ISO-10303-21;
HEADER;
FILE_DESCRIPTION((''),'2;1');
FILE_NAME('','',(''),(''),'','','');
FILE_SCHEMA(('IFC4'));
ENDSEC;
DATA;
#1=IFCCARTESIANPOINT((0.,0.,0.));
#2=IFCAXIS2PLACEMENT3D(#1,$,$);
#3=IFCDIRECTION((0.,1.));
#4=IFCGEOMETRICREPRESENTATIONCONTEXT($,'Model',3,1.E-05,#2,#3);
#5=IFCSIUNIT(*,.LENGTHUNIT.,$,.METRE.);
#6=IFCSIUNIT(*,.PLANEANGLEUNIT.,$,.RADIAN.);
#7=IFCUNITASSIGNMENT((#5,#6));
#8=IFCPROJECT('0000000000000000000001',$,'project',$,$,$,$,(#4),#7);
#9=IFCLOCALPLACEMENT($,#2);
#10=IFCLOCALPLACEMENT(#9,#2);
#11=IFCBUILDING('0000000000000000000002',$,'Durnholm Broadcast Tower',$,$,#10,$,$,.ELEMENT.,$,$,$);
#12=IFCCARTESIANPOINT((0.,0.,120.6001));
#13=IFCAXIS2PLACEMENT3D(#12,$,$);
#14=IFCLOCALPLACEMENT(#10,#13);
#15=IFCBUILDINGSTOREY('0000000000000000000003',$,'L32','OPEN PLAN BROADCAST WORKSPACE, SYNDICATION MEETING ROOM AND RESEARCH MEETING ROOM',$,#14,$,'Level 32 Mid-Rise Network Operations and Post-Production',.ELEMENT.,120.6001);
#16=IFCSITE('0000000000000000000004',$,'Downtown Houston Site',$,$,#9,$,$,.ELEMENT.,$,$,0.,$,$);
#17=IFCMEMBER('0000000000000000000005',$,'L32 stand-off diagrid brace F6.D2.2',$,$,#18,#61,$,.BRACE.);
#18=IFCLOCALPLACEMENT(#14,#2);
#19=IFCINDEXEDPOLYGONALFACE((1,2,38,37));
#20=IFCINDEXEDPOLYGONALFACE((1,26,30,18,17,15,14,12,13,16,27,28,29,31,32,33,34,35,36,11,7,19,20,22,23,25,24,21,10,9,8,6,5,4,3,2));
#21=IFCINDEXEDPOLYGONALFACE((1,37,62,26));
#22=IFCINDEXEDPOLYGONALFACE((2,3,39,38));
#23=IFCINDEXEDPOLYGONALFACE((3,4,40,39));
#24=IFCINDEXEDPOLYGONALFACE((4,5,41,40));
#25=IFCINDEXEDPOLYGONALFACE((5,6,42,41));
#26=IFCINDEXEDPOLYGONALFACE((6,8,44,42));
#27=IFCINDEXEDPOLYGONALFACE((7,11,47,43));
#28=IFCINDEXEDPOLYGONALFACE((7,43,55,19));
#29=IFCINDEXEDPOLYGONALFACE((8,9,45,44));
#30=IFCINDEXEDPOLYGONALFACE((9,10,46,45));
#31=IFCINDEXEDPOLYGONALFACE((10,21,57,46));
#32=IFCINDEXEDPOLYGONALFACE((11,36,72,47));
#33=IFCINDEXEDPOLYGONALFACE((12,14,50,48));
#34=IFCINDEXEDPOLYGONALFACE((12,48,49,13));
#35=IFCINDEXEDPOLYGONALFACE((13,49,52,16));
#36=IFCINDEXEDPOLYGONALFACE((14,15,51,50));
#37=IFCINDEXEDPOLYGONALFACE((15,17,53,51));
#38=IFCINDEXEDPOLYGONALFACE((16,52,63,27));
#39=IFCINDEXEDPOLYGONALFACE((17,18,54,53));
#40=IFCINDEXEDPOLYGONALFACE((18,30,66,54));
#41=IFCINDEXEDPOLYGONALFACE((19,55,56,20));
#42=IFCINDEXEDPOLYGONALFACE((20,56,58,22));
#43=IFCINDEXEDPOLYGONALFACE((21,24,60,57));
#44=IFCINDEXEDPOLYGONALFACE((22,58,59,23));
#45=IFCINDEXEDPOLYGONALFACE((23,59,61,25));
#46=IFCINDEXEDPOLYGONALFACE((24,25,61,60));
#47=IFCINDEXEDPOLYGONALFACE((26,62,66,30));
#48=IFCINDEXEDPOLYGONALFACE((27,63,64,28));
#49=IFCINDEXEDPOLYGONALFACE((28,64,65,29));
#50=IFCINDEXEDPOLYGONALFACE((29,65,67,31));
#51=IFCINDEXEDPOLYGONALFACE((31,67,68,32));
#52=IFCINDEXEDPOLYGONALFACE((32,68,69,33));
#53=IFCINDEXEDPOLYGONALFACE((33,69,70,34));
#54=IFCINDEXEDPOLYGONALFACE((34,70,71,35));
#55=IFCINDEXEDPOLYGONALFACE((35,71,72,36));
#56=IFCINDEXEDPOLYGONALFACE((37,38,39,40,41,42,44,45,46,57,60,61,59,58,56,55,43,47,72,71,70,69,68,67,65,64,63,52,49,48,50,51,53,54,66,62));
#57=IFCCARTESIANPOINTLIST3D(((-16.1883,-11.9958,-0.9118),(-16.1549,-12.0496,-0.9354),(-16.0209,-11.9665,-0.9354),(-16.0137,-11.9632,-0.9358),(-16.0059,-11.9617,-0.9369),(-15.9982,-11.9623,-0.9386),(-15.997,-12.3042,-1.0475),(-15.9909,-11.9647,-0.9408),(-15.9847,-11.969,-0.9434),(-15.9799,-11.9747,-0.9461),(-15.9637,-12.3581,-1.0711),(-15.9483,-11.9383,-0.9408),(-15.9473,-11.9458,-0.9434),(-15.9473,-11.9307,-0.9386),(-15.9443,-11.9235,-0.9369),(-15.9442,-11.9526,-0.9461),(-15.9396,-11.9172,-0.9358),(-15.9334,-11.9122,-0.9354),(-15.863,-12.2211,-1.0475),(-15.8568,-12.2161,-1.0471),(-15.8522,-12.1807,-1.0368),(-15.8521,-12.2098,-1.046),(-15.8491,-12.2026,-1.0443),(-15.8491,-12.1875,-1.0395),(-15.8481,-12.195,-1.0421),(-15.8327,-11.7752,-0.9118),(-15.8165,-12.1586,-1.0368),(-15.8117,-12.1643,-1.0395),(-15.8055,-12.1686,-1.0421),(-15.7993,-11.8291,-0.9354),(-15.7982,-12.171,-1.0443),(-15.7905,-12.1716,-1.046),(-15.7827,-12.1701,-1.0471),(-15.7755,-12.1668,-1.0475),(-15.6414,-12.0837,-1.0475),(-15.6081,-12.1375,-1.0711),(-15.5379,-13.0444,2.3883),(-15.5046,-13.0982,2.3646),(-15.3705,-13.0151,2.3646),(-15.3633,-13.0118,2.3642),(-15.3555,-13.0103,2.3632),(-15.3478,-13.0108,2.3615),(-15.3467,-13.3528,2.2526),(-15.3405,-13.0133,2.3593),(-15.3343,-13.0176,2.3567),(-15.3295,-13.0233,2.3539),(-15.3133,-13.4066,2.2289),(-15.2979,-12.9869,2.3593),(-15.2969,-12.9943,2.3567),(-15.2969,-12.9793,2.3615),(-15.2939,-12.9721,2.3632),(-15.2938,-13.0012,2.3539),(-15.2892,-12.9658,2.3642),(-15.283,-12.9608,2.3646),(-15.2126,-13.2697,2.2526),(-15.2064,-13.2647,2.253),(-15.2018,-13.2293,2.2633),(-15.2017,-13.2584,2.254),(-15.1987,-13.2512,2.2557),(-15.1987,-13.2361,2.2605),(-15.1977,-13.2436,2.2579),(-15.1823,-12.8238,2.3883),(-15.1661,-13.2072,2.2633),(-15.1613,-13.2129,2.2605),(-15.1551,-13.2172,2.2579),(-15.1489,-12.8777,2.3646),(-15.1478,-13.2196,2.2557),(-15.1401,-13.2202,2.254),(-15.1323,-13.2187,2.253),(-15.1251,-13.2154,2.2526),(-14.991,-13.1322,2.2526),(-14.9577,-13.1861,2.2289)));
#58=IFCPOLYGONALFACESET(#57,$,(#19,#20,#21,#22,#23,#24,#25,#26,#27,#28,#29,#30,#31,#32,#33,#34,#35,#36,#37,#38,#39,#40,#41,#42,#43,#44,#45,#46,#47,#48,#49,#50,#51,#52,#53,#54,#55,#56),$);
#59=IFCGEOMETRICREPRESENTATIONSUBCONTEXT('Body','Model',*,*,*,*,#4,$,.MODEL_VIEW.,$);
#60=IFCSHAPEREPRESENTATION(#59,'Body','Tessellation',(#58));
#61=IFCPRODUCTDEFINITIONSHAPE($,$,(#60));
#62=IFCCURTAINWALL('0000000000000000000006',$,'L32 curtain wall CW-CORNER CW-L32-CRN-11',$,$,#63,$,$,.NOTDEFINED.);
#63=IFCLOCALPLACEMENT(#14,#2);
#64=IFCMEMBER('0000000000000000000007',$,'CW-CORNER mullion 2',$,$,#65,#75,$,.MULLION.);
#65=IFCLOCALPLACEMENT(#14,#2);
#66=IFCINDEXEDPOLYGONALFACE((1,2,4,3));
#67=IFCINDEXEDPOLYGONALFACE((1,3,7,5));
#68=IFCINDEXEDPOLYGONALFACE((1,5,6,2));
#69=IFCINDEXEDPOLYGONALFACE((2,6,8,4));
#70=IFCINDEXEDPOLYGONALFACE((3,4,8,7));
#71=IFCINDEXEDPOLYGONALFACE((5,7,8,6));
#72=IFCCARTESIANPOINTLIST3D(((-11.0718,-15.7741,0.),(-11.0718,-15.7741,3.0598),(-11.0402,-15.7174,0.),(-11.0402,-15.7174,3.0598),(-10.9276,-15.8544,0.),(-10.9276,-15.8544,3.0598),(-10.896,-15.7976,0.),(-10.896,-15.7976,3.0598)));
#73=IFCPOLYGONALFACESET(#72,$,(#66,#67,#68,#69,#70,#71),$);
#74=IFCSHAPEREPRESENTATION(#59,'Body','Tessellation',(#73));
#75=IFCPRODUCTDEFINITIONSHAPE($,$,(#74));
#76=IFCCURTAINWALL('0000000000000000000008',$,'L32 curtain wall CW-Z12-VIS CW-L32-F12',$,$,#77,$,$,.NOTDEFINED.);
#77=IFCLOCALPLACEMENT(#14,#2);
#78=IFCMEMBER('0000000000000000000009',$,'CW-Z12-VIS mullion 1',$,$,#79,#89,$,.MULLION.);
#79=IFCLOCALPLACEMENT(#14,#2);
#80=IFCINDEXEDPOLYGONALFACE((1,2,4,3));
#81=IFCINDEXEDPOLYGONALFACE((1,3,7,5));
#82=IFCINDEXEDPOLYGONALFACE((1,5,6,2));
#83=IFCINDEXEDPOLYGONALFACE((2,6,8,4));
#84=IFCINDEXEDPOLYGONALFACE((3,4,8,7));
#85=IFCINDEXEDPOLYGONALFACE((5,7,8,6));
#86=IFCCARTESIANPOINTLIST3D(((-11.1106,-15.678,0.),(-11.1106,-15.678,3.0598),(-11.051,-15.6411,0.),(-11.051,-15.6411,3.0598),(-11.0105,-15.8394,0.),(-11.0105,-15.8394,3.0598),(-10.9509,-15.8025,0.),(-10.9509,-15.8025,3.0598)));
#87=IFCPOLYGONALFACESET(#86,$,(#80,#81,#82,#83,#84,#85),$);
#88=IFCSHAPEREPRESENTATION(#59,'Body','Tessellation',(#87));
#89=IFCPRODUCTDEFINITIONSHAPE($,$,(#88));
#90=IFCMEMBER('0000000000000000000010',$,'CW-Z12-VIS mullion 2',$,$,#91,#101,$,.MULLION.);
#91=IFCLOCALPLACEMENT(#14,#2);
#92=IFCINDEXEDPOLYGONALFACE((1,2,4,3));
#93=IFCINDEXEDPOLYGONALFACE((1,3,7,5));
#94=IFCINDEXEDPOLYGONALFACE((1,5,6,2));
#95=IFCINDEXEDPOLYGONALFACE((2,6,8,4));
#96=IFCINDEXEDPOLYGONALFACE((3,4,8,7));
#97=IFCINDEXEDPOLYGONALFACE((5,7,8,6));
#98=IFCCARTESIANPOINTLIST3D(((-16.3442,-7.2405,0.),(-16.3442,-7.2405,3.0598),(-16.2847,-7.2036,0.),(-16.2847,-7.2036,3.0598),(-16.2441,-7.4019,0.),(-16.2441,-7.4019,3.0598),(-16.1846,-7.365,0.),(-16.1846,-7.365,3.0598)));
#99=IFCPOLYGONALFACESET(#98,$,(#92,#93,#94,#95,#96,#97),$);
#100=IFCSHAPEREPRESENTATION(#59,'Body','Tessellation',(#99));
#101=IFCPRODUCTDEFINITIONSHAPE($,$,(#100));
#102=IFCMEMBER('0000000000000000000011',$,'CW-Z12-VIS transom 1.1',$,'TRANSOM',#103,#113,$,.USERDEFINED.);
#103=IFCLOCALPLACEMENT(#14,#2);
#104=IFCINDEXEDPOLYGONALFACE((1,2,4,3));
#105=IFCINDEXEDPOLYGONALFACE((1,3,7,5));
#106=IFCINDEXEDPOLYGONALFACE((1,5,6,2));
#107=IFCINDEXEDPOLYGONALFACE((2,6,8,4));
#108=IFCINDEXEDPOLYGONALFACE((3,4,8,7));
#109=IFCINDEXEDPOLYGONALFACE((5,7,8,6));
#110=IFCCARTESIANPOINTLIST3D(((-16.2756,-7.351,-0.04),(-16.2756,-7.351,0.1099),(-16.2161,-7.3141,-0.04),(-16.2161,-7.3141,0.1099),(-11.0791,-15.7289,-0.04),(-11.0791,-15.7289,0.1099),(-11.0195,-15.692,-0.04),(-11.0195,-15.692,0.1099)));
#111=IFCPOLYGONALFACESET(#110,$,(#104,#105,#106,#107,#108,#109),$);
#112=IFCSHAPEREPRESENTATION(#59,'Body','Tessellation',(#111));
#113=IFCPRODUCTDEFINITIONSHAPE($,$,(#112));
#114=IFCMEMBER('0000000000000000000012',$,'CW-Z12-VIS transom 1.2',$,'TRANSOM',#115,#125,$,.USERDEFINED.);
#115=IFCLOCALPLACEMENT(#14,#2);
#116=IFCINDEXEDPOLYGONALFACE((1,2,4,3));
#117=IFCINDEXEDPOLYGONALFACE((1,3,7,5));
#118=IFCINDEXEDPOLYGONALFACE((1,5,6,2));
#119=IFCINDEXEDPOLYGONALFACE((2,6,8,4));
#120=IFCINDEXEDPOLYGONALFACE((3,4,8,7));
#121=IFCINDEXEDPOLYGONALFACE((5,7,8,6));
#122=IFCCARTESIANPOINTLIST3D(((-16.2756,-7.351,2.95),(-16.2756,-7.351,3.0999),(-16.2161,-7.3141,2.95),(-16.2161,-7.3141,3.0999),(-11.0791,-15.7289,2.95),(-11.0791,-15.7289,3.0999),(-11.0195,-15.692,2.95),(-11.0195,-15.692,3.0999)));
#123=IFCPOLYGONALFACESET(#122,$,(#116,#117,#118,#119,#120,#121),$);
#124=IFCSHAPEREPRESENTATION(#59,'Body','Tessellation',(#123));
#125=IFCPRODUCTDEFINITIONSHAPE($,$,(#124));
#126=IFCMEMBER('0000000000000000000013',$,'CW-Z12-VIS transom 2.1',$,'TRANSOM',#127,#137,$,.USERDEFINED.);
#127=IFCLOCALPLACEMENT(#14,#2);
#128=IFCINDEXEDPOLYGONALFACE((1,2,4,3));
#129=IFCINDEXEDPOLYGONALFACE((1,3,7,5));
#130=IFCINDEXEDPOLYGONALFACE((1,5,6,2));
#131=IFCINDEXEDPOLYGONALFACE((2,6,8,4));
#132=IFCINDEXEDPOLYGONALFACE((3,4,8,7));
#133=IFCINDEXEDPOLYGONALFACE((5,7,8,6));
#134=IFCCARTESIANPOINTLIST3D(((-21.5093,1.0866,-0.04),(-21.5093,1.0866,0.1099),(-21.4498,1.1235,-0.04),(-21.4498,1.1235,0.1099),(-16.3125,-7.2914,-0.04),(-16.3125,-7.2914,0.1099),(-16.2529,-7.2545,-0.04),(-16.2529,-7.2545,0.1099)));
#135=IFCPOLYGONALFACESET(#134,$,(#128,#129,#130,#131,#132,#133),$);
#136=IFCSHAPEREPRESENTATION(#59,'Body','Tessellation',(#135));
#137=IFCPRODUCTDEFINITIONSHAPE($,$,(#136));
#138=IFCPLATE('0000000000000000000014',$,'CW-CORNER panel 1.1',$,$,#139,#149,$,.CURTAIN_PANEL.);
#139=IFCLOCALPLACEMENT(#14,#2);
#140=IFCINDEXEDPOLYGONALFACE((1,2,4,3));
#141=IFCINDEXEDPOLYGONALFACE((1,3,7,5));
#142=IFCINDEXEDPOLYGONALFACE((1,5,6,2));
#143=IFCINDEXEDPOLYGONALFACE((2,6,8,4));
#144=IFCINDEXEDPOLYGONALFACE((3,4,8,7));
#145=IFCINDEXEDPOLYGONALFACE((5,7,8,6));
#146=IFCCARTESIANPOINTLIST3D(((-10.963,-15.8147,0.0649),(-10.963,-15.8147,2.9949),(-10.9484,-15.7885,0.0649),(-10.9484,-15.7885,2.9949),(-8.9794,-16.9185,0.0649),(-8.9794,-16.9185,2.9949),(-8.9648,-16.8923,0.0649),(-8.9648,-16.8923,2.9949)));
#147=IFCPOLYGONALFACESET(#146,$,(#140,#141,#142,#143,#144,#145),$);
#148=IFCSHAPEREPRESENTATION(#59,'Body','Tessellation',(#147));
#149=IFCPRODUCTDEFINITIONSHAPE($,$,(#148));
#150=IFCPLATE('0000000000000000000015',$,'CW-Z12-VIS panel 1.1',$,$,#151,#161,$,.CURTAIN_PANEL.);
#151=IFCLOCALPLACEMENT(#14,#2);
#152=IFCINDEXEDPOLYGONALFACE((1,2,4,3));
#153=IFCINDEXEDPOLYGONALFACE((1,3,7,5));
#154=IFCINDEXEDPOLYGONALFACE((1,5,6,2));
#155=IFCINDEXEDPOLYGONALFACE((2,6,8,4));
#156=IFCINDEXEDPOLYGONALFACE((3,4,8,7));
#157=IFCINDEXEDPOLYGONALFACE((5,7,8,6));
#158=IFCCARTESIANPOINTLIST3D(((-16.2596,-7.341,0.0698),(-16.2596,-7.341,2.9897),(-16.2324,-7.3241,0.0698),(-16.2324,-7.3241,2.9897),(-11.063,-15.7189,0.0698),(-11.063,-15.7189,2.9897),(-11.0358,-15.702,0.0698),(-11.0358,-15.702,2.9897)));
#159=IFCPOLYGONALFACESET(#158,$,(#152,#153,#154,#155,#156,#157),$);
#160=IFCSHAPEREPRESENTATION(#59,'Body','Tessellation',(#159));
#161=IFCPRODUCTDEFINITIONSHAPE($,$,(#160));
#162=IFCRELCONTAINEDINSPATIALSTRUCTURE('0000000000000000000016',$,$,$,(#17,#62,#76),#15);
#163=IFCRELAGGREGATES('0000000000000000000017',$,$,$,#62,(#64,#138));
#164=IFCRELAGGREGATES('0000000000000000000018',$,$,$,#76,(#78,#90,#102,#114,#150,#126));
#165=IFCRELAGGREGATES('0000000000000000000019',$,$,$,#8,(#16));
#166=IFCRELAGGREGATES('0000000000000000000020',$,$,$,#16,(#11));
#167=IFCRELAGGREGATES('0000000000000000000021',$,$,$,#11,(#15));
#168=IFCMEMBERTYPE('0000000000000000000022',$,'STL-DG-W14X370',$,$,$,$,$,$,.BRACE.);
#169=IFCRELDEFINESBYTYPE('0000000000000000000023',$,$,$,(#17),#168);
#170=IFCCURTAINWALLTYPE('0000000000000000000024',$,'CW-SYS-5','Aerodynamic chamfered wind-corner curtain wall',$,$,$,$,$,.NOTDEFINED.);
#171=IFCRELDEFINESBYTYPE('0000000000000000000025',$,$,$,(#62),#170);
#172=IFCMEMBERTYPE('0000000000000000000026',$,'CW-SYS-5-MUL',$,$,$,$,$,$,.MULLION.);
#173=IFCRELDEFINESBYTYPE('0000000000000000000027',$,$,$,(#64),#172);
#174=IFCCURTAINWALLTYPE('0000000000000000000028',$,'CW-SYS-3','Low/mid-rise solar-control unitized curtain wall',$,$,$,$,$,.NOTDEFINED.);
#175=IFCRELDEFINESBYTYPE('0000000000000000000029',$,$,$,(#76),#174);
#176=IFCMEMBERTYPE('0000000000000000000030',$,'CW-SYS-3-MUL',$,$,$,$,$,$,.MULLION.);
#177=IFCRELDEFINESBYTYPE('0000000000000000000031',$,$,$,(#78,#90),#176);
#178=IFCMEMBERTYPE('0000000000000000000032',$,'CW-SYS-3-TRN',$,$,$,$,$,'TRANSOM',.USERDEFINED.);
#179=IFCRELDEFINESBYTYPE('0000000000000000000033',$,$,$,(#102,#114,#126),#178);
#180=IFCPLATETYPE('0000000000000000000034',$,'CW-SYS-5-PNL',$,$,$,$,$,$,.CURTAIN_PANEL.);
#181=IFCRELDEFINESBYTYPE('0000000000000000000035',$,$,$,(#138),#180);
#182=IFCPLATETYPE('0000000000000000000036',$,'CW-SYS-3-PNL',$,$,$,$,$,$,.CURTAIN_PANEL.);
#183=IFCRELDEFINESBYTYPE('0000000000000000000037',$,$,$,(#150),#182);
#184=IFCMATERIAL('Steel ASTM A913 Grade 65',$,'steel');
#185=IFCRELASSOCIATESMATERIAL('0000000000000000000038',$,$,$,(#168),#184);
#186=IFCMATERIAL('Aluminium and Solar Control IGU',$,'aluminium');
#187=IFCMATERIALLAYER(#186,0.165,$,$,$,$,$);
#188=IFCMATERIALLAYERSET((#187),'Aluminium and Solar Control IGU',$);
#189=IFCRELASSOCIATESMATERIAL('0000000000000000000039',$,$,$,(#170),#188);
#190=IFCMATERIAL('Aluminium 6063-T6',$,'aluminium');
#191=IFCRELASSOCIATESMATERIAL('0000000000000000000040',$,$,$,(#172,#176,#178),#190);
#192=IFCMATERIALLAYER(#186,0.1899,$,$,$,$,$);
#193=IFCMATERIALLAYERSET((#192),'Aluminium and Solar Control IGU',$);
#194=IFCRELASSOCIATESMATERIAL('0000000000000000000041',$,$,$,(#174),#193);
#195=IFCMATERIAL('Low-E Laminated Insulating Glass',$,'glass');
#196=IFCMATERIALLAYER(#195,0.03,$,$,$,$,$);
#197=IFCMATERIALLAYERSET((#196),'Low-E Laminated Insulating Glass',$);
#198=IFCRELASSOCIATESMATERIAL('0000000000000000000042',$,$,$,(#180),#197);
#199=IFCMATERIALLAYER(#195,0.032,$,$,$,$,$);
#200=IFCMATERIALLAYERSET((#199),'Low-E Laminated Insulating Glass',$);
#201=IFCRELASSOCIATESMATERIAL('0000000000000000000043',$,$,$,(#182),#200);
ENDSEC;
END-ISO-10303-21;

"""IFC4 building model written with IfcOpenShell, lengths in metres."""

from ifc_helpers import new_model, si_unit, direction, frame, origin, origin_2d, place, context, subcontext, project, spatial, rectangle, i_section, extrude, source, transform, mapped, material, layer, layer_set, material_profile, profile_set, type_object, type_shapes, element, aggregate, save


model = new_model("IFC4")

# Units and contexts
model_context = context("Model", 3, precision=1e-05, world=origin(), true_north=direction((0.0, 1.0)))
body_context = subcontext(model_context, "Body", "Model", "MODEL_VIEW")
ifc_project = project(units=[si_unit("LENGTHUNIT", "METRE"), si_unit("PLANEANGLEUNIT", "RADIAN")], contexts=[model_context])

# Site, building, storey
site_placement = place(None, origin())
site = spatial("IfcSite", under=ifc_project, at=site_placement, Name="Downtown Houston Site", CompositionType="ELEMENT", RefElevation=0.0)
building_placement = place(site_placement, origin())
building = spatial("IfcBuilding", under=site, at=building_placement, Name="Durnholm Broadcast Tower", CompositionType="ELEMENT")
storey_placement = place(building_placement, frame((0.0, 0.0, 120.6001)))
storey = spatial("IfcBuildingStorey", under=building, at=storey_placement, Name="L32", Description="OPEN PLAN BROADCAST WORKSPACE, SYNDICATION MEETING ROOM AND RESEARCH MEETING ROOM", LongName="Level 32 Mid-Rise Network Operations and Post-Production", CompositionType="ELEMENT", Elevation=120.6001)

# Member
ifc_material_1 = material(Name="Steel ASTM A913 Grade 65", Category="steel")
ifc_material_profile_1 = material_profile(ifc_material_1, i_section(OverallWidth=0.4185, OverallDepth=0.4551, WebThickness=0.042, FlangeThickness=0.0676, FilletRadius=0.0305, at=origin_2d()), Name="W14X370")
ifc_profile_set_1 = profile_set([ifc_material_profile_1], Name="Steel ASTM A913 Grade 65")
member_type_1 = type_object("IfcMemberType", Name="STL-DG-W14X370", PredefinedType="BRACE", material=ifc_profile_set_1)
shared_shape_1 = source(origin(), body_context, "Body", "SweptSolid", [
    extrude(i_section(OverallWidth=0.4185, OverallDepth=0.4551, WebThickness=0.042, FlangeThickness=0.0676, FilletRadius=0.0305, at=origin_2d()), origin(), (0.0, 0.0, 1.0), 3.5232),
])
type_shapes(member_type_1, [shared_shape_1])
for number, where, z_axis, x_axis, name in (
    (1, (-15.8982, -12.0667, -0.9915), (0.184603, -0.297624, 0.936665), (0.849805, 0.527097, 0.0), "L32 stand-off diagrid brace F6.D2.2"),
):
    element("IfcMember", number, at=place(storey_placement, frame(where, z_axis=z_axis, x_axis=x_axis)), inside=storey, type_object=member_type_1, Name=name, PredefinedType="BRACE", context=body_context, shape_type="MappedRepresentation", body=[
        mapped(shared_shape_1, transform((0.0, 0.0, 0.0), x_axis=(1.0, 0.0, 0.0), y_axis=(0.0, 1.0, 0.0), z_axis=(0.0, 0.0, 1.0), scale=1.0)),
    ])

# Curtain wall, member
ifc_material_2 = material(Name="Aluminium and Solar Control IGU", Category="aluminium")
ifc_layer_1 = layer(ifc_material_2, 0.165)
ifc_layer_set_1 = layer_set([ifc_layer_1], Name="Aluminium and Solar Control IGU")
curtain_wall_type_1 = type_object("IfcCurtainWallType", Name="CW-SYS-5", Description="Aerodynamic chamfered wind-corner curtain wall", PredefinedType="NOTDEFINED", material=ifc_layer_set_1)
curtain_wall_1_placement = place(storey_placement, origin())
curtain_wall_1 = element("IfcCurtainWall", 2, at=curtain_wall_1_placement, inside=storey, type_object=curtain_wall_type_1, Name="L32 curtain wall CW-CORNER CW-L32-CRN-11", PredefinedType="NOTDEFINED")
ifc_material_3 = material(Name="Aluminium 6063-T6", Category="aluminium")
ifc_material_profile_2 = material_profile(ifc_material_3, rectangle(XDim=0.0649, YDim=0.165, at=origin_2d()), Name="CWM65X165")
ifc_profile_set_2 = profile_set([ifc_material_profile_2], Name="Aluminium 6063-T6")
member_type_2 = type_object("IfcMemberType", Name="CW-SYS-5-MUL", PredefinedType="MULLION", material=ifc_profile_set_2)
shared_shape_2 = source(origin(), body_context, "Body", "SweptSolid", [
    extrude(rectangle(XDim=0.0649, YDim=0.165, at=origin_2d()), origin(), (0.0, 0.0, 1.0), 3.0598),
])
type_shapes(member_type_2, [shared_shape_2])
member_1_placement = place(storey_placement, frame((-10.9839, -15.7859, 0.0), z_axis=(0.0, 0.0, 1.0), x_axis=(-0.486244, -0.873823, 0.0)))
member_1 = element("IfcMember", 3, at=member_1_placement, type_object=member_type_2, Name="CW-CORNER mullion 2", PredefinedType="MULLION", context=body_context, shape_type="MappedRepresentation", body=[
    mapped(shared_shape_2, transform((0.0, 0.0, 0.0), x_axis=(1.0, 0.0, 0.0), y_axis=(0.0, 1.0, 0.0), z_axis=(0.0, 0.0, 1.0), scale=1.0)),
])

# Curtain wall, members
ifc_layer_2 = layer(ifc_material_2, 0.1899)
ifc_layer_set_2 = layer_set([ifc_layer_2], Name="Aluminium and Solar Control IGU")
curtain_wall_type_2 = type_object("IfcCurtainWallType", Name="CW-SYS-3", Description="Low/mid-rise solar-control unitized curtain wall", PredefinedType="NOTDEFINED", material=ifc_layer_set_2)
curtain_wall_2_placement = place(storey_placement, origin())
curtain_wall_2 = element("IfcCurtainWall", 4, at=curtain_wall_2_placement, inside=storey, type_object=curtain_wall_type_2, Name="L32 curtain wall CW-Z12-VIS CW-L32-F12", PredefinedType="NOTDEFINED")
ifc_material_profile_3 = material_profile(ifc_material_3, rectangle(XDim=0.0701, YDim=0.1899, at=origin_2d()), Name="CWM70X190")
ifc_profile_set_3 = profile_set([ifc_material_profile_3], Name="Aluminium 6063-T6")
member_type_3 = type_object("IfcMemberType", Name="CW-SYS-3-MUL", PredefinedType="MULLION", material=ifc_profile_set_3)
shared_shape_3 = source(origin(), body_context, "Body", "SweptSolid", [
    extrude(rectangle(XDim=0.0701, YDim=0.1899, at=origin_2d()), origin(), (0.0, 0.0, 1.0), 3.0598),
])
type_shapes(member_type_3, [shared_shape_3])
member_2_placement = place(storey_placement, frame((-11.0308, -15.7402, 0.0), z_axis=(0.0, 0.0, 1.0), x_axis=(-0.8498, -0.527105, 0.0)))
member_2 = element("IfcMember", 5, at=member_2_placement, type_object=member_type_3, Name="CW-Z12-VIS mullion 1", PredefinedType="MULLION", context=body_context, shape_type="MappedRepresentation", body=[
    mapped(shared_shape_3, transform((0.0, 0.0, 0.0), x_axis=(1.0, 0.0, 0.0), y_axis=(0.0, 1.0, 0.0), z_axis=(0.0, 0.0, 1.0), scale=1.0)),
])
member_3_placement = place(storey_placement, frame((-16.2644, -7.3027, 0.0), z_axis=(0.0, 0.0, 1.0), x_axis=(-0.8498, -0.527105, 0.0)))
member_3 = element("IfcMember", 6, at=member_3_placement, type_object=member_type_3, Name="CW-Z12-VIS mullion 2", PredefinedType="MULLION", context=body_context, shape_type="MappedRepresentation", body=[
    mapped(shared_shape_3, transform((0.0, 0.0, 0.0), x_axis=(1.0, 0.0, 0.0), y_axis=(0.0, 1.0, 0.0), z_axis=(0.0, 0.0, 1.0), scale=1.0)),
])
ifc_material_profile_4 = material_profile(ifc_material_3, rectangle(XDim=0.0701, YDim=0.1499, at=origin_2d()), Name="CWT70X150")
ifc_profile_set_4 = profile_set([ifc_material_profile_4], Name="Aluminium 6063-T6")
member_type_4 = type_object("IfcMemberType", Name="CW-SYS-3-TRN", ElementType="TRANSOM", PredefinedType="USERDEFINED", material=ifc_profile_set_4)
shared_shape_4 = source(origin(), body_context, "Body", "SweptSolid", [
    extrude(rectangle(XDim=0.0701, YDim=0.1499, at=origin_2d()), origin(), (0.0, 0.0, 1.0), 9.8586),
])
member_4_placement = place(storey_placement, frame((-11.0493, -15.7104, 0.0349), z_axis=(-0.527102, 0.849802, 0.0), x_axis=(-0.849802, -0.527102, 0.0)))
member_4 = element("IfcMember", 7, at=member_4_placement, type_object=member_type_4, Name="CW-Z12-VIS transom 1.1", ObjectType="TRANSOM", PredefinedType="USERDEFINED", context=body_context, shape_type="MappedRepresentation", body=[
    mapped(shared_shape_4, transform((0.0, 0.0, 0.0), x_axis=(1.0, 0.0, 0.0), y_axis=(0.0, 1.0, 0.0), z_axis=(0.0, 0.0, 1.0), scale=1.0)),
])
member_5_placement = place(storey_placement, frame((-11.0493, -15.7104, 3.0249), z_axis=(-0.527102, 0.849802, 0.0), x_axis=(-0.849802, -0.527102, 0.0)))
member_5 = element("IfcMember", 8, at=member_5_placement, type_object=member_type_4, Name="CW-Z12-VIS transom 1.2", ObjectType="TRANSOM", PredefinedType="USERDEFINED", context=body_context, shape_type="MappedRepresentation", body=[
    mapped(shared_shape_4, transform((0.0, 0.0, 0.0), x_axis=(1.0, 0.0, 0.0), y_axis=(0.0, 1.0, 0.0), z_axis=(0.0, 0.0, 1.0), scale=1.0)),
])
shared_shape_5 = source(origin(), body_context, "Body", "SweptSolid", [
    extrude(rectangle(XDim=0.0701, YDim=0.1499, at=origin_2d()), origin(), (0.0, 0.0, 1.0), 9.8589),
])
type_shapes(member_type_4, [shared_shape_4, shared_shape_5])
member_6_placement = place(storey_placement, frame((-16.2827, -7.2729, 0.0349), z_axis=(-0.52712, 0.849791, 0.0), x_axis=(-0.849791, -0.52712, 0.0)))
member_6 = element("IfcMember", 9, at=member_6_placement, type_object=member_type_4, Name="CW-Z12-VIS transom 2.1", ObjectType="TRANSOM", PredefinedType="USERDEFINED", context=body_context, shape_type="MappedRepresentation", body=[
    mapped(shared_shape_5, transform((0.0, 0.0, 0.0), x_axis=(1.0, 0.0, 0.0), y_axis=(0.0, 1.0, 0.0), z_axis=(0.0, 0.0, 1.0), scale=1.0)),
])

# Plates
ifc_material_4 = material(Name="Low-E Laminated Insulating Glass", Category="glass")
ifc_layer_3 = layer(ifc_material_4, 0.03)
ifc_layer_set_3 = layer_set([ifc_layer_3], Name="Low-E Laminated Insulating Glass")
plate_type_1 = type_object("IfcPlateType", Name="CW-SYS-5-PNL", PredefinedType="CURTAIN_PANEL", material=ifc_layer_set_3)
shared_shape_6 = source(origin(), body_context, "Body", "SweptSolid", [
    extrude(rectangle(XDim=2.27, YDim=0.03, at=origin_2d()), origin(), (0.0, 0.0, 1.0), 2.9299),
])
type_shapes(plate_type_1, [shared_shape_6])
plate_1_placement = place(storey_placement, frame((-9.9639, -16.3535, 0.0649), z_axis=(0.0, 0.0, 1.0), x_axis=(-0.873823, 0.486244, 0.0)))
plate_1 = element("IfcPlate", 10, at=plate_1_placement, type_object=plate_type_1, Name="CW-CORNER panel 1.1", PredefinedType="CURTAIN_PANEL", context=body_context, shape_type="MappedRepresentation", body=[
    mapped(shared_shape_6, transform((0.0, 0.0, 0.0), x_axis=(1.0, 0.0, 0.0), y_axis=(0.0, 1.0, 0.0), z_axis=(0.0, 0.0, 1.0), scale=1.0)),
])
aggregate(curtain_wall_1, [member_1, plate_1])
ifc_layer_4 = layer(ifc_material_4, 0.032)
ifc_layer_set_4 = layer_set([ifc_layer_4], Name="Low-E Laminated Insulating Glass")
plate_type_2 = type_object("IfcPlateType", Name="CW-SYS-3-PNL", PredefinedType="CURTAIN_PANEL", material=ifc_layer_set_4)
shared_shape_7 = source(origin(), body_context, "Body", "SweptSolid", [
    extrude(rectangle(XDim=9.8586, YDim=0.032, at=origin_2d()), origin(), (0.0, 0.0, 1.0), 2.9199),
])
type_shapes(plate_type_2, [shared_shape_7])
plate_2_placement = place(storey_placement, frame((-13.6477, -11.5215, 0.0698), z_axis=(0.0, 0.0, 1.0), x_axis=(-0.527105, 0.8498, 0.0)))
plate_2 = element("IfcPlate", 11, at=plate_2_placement, type_object=plate_type_2, Name="CW-Z12-VIS panel 1.1", PredefinedType="CURTAIN_PANEL", context=body_context, shape_type="MappedRepresentation", body=[
    mapped(shared_shape_7, transform((0.0, 0.0, 0.0), x_axis=(1.0, 0.0, 0.0), y_axis=(0.0, 1.0, 0.0), z_axis=(0.0, 0.0, 1.0), scale=1.0)),
])
aggregate(curtain_wall_2, [member_2, member_3, member_4, member_5, plate_2, member_6])

save(model, "model.ifc")
